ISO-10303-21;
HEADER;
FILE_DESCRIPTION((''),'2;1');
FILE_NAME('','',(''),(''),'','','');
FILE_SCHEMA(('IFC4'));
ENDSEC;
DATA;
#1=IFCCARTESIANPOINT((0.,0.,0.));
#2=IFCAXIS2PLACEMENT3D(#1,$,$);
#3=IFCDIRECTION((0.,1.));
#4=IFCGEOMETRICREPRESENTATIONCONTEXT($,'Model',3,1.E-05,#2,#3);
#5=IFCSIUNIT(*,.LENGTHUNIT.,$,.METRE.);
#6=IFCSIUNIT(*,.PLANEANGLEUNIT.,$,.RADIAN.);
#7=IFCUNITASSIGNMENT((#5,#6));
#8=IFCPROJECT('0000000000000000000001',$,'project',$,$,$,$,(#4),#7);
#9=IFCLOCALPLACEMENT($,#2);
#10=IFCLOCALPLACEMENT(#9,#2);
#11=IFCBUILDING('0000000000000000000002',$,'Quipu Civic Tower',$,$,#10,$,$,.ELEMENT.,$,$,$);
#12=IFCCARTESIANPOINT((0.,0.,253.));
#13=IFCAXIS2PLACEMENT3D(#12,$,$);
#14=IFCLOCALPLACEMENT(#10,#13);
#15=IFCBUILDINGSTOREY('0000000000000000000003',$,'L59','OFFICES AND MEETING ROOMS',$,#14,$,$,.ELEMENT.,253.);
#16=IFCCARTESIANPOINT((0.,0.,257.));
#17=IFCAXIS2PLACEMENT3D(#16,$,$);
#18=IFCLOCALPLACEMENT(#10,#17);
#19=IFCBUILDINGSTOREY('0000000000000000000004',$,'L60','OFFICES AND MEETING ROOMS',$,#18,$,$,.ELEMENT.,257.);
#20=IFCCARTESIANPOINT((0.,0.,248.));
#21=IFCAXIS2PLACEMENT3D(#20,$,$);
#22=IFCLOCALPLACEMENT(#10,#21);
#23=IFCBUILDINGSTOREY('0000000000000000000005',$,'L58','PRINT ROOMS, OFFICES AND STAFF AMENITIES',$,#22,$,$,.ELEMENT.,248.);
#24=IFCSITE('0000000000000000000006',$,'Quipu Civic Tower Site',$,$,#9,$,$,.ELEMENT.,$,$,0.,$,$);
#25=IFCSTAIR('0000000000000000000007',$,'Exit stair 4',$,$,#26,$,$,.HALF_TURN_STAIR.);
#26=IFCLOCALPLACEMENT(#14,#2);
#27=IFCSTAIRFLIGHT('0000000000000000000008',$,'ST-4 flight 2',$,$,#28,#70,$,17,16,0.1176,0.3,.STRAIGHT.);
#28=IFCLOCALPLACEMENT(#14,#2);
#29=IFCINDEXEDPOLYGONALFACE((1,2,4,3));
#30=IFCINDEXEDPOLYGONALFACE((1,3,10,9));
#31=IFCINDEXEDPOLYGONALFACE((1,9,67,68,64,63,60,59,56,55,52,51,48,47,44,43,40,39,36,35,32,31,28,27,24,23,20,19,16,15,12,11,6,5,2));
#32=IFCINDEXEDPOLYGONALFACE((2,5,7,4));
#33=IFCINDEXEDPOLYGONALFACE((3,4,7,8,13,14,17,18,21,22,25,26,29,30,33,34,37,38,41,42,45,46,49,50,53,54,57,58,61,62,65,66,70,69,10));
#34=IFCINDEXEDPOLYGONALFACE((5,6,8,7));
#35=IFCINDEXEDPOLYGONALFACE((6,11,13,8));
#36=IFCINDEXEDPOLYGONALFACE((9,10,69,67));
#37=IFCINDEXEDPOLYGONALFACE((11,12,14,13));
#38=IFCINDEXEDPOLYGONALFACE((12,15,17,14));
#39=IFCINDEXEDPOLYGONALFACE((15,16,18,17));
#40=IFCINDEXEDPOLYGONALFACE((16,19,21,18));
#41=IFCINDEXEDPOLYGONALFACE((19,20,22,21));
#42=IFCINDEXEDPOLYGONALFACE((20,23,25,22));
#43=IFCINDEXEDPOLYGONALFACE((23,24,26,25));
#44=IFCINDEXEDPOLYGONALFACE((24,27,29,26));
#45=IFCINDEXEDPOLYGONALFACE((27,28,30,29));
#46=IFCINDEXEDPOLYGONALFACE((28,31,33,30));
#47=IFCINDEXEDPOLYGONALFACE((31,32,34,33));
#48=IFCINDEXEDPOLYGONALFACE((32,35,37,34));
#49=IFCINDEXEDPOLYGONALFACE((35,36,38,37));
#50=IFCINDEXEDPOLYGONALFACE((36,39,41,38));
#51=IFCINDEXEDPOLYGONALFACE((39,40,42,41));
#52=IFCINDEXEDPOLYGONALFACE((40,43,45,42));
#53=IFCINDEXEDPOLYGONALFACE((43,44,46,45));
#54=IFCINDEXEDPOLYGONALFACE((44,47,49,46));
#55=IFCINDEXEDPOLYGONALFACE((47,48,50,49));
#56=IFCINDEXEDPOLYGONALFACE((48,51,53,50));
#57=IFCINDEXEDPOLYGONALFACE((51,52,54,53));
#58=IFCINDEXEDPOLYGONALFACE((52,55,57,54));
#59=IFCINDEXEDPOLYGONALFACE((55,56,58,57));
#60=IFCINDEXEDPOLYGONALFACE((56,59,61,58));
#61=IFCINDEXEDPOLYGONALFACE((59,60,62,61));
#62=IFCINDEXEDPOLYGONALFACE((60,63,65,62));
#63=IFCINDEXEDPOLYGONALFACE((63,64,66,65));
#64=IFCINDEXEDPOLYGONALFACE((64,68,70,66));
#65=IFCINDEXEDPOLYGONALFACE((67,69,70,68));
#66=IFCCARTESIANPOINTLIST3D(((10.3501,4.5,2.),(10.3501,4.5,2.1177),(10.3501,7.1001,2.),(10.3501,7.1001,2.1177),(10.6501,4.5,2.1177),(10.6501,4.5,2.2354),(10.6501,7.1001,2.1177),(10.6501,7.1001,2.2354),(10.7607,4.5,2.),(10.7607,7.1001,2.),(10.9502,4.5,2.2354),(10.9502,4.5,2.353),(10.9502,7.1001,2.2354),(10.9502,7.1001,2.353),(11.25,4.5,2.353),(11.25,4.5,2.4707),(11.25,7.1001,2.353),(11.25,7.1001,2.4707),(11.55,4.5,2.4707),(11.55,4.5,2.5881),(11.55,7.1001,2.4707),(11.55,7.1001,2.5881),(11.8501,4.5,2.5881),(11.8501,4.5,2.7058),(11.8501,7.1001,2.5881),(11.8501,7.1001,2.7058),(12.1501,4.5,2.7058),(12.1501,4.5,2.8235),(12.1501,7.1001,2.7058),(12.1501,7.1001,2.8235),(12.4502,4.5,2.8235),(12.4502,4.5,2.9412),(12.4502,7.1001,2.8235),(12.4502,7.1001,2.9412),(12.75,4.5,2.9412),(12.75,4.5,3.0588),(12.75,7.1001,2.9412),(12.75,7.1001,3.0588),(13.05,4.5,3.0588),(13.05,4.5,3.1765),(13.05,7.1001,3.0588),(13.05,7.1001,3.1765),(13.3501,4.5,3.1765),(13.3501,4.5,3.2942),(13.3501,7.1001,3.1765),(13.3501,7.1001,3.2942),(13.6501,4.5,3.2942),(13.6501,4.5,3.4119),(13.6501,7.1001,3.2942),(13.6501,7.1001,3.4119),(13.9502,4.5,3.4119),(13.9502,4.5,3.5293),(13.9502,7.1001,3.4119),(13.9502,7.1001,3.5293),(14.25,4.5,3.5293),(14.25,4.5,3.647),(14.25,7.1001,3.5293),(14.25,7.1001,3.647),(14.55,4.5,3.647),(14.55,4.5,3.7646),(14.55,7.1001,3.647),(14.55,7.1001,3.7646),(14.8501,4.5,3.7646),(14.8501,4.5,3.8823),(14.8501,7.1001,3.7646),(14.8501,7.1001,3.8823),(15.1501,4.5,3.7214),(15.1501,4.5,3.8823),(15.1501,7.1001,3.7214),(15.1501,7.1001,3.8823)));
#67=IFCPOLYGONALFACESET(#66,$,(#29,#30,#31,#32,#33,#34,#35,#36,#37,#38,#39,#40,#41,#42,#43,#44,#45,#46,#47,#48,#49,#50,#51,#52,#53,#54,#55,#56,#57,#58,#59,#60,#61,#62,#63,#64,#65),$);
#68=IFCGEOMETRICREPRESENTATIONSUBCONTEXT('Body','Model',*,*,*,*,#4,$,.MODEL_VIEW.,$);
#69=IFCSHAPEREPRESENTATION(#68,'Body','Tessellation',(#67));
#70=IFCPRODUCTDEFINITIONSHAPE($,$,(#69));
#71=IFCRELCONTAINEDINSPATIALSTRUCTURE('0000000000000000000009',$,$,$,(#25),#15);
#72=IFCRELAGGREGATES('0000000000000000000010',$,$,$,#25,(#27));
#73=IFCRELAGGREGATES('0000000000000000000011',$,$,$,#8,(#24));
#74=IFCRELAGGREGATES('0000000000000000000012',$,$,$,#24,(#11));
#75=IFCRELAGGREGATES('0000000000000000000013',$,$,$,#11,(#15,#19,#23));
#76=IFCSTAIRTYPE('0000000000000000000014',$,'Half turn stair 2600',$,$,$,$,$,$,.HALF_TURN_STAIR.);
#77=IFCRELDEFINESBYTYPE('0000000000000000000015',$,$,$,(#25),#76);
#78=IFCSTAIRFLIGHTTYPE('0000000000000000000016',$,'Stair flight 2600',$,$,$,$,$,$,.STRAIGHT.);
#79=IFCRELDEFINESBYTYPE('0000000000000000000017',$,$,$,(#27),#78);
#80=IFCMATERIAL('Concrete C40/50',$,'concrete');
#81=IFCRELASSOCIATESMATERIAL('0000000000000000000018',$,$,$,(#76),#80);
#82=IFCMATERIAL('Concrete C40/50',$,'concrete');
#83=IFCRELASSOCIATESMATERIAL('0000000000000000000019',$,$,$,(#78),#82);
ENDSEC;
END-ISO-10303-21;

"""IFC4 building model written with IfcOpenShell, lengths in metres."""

from ifc_helpers import new_model, si_unit, direction, frame, origin, place, context, subcontext, project, spatial, polyline, outline, extrude, material, type_object, element, aggregate, save


model = new_model("IFC4")

# Units and contexts
model_context = context("Model", 3, precision=1e-05, world=origin(), true_north=direction((0.0, 1.0)))
body_context = subcontext(model_context, "Body", "Model", "MODEL_VIEW")
ifc_project = project(units=[si_unit("LENGTHUNIT", "METRE"), si_unit("PLANEANGLEUNIT", "RADIAN")], contexts=[model_context])

# Site, building, storey
site_placement = place(None, origin())
site = spatial("IfcSite", under=ifc_project, at=site_placement, Name="Quipu Civic Tower Site", CompositionType="ELEMENT", RefElevation=0.0)
building_placement = place(site_placement, origin())
building = spatial("IfcBuilding", under=site, at=building_placement, Name="Quipu Civic Tower", CompositionType="ELEMENT")
storey_1_placement = place(building_placement, frame((0.0, 0.0, 253.0)))
storey_1 = spatial("IfcBuildingStorey", under=building, at=storey_1_placement, Name="L59", Description="OFFICES AND MEETING ROOMS", CompositionType="ELEMENT", Elevation=253.0)

# Shared definitions
storey_2_placement = place(building_placement, frame((0.0, 0.0, 257.0)))
storey_2 = spatial("IfcBuildingStorey", under=building, at=storey_2_placement, Name="L60", Description="OFFICES AND MEETING ROOMS", CompositionType="ELEMENT", Elevation=257.0)

# Shared definitions
storey_3_placement = place(building_placement, frame((0.0, 0.0, 248.0)))
storey_3 = spatial("IfcBuildingStorey", under=building, at=storey_3_placement, Name="L58", Description="PRINT ROOMS, OFFICES AND STAFF AMENITIES", CompositionType="ELEMENT", Elevation=248.0)

# Stair, stair flight
ifc_material_1 = material(Name="Concrete C40/50", Category="concrete")
stair_type = type_object("IfcStairType", Name="Half turn stair 2600", PredefinedType="HALF_TURN_STAIR", material=ifc_material_1)
stair_placement = place(storey_1_placement, origin())
stair = element("IfcStair", 1, at=stair_placement, inside=storey_1, type_object=stair_type, Name="Exit stair 4", PredefinedType="HALF_TURN_STAIR")
ifc_material_2 = material(Name="Concrete C40/50", Category="concrete")
stair_flight_type = type_object("IfcStairFlightType", Name="Stair flight 2600", PredefinedType="STRAIGHT", material=ifc_material_2)
stair_flight_1_placement = place(storey_1_placement, frame((10.3501, 5.8, 2.0), z_axis=(0.0, 0.0, 1.0), x_axis=(1.0, 0.0, 0.0)))
stair_flight_1 = element("IfcStairFlight", 2, at=stair_flight_1_placement, type_object=stair_flight_type, Name="ST-4 flight 2", NumberOfRisers=17, NumberOfTreads=16, PredefinedType="STRAIGHT", RiserHeight=0.1176, TreadLength=0.3, context=body_context, shape_type="SweptSolid", body=[
    extrude(outline(polyline([(0.0, 0.0), (0.0, 0.1177), (0.3, 0.1177), (0.3, 0.2354), (0.6001, 0.2354), (0.6001, 0.353), (0.8999, 0.353), (0.8999, 0.4707), (1.2, 0.4707), (1.2, 0.5881), (1.5, 0.5881), (1.5, 0.7058), (1.8, 0.7058), (1.8, 0.8235), (2.1001, 0.8235), (2.1001, 0.9412), (2.3999, 0.9412), (2.3999, 1.0588), (2.7, 1.0588), (2.7, 1.1765), (3.0, 1.1765), (3.0, 1.2942), (3.3, 1.2942), (3.3, 1.4119), (3.6001, 1.4119), (3.6001, 1.5293), (3.8999, 1.5293), (3.8999, 1.647), (4.2, 1.647), (4.2, 1.7646), (4.5, 1.7646), (4.5, 1.8823), (4.8, 1.8823), (4.8, 2.0), (4.8, 1.7214), (0.4106, 0.0), (0.0, 0.0)])), frame((0.0, 1.3, 0.0), z_axis=(0.0, -1.0, 0.0), x_axis=(1.0, 0.0, 0.0)), (0.0, 0.0, 1.0), 2.6001),
])
aggregate(stair, [stair_flight_1])

save(model, "model.ifc")
